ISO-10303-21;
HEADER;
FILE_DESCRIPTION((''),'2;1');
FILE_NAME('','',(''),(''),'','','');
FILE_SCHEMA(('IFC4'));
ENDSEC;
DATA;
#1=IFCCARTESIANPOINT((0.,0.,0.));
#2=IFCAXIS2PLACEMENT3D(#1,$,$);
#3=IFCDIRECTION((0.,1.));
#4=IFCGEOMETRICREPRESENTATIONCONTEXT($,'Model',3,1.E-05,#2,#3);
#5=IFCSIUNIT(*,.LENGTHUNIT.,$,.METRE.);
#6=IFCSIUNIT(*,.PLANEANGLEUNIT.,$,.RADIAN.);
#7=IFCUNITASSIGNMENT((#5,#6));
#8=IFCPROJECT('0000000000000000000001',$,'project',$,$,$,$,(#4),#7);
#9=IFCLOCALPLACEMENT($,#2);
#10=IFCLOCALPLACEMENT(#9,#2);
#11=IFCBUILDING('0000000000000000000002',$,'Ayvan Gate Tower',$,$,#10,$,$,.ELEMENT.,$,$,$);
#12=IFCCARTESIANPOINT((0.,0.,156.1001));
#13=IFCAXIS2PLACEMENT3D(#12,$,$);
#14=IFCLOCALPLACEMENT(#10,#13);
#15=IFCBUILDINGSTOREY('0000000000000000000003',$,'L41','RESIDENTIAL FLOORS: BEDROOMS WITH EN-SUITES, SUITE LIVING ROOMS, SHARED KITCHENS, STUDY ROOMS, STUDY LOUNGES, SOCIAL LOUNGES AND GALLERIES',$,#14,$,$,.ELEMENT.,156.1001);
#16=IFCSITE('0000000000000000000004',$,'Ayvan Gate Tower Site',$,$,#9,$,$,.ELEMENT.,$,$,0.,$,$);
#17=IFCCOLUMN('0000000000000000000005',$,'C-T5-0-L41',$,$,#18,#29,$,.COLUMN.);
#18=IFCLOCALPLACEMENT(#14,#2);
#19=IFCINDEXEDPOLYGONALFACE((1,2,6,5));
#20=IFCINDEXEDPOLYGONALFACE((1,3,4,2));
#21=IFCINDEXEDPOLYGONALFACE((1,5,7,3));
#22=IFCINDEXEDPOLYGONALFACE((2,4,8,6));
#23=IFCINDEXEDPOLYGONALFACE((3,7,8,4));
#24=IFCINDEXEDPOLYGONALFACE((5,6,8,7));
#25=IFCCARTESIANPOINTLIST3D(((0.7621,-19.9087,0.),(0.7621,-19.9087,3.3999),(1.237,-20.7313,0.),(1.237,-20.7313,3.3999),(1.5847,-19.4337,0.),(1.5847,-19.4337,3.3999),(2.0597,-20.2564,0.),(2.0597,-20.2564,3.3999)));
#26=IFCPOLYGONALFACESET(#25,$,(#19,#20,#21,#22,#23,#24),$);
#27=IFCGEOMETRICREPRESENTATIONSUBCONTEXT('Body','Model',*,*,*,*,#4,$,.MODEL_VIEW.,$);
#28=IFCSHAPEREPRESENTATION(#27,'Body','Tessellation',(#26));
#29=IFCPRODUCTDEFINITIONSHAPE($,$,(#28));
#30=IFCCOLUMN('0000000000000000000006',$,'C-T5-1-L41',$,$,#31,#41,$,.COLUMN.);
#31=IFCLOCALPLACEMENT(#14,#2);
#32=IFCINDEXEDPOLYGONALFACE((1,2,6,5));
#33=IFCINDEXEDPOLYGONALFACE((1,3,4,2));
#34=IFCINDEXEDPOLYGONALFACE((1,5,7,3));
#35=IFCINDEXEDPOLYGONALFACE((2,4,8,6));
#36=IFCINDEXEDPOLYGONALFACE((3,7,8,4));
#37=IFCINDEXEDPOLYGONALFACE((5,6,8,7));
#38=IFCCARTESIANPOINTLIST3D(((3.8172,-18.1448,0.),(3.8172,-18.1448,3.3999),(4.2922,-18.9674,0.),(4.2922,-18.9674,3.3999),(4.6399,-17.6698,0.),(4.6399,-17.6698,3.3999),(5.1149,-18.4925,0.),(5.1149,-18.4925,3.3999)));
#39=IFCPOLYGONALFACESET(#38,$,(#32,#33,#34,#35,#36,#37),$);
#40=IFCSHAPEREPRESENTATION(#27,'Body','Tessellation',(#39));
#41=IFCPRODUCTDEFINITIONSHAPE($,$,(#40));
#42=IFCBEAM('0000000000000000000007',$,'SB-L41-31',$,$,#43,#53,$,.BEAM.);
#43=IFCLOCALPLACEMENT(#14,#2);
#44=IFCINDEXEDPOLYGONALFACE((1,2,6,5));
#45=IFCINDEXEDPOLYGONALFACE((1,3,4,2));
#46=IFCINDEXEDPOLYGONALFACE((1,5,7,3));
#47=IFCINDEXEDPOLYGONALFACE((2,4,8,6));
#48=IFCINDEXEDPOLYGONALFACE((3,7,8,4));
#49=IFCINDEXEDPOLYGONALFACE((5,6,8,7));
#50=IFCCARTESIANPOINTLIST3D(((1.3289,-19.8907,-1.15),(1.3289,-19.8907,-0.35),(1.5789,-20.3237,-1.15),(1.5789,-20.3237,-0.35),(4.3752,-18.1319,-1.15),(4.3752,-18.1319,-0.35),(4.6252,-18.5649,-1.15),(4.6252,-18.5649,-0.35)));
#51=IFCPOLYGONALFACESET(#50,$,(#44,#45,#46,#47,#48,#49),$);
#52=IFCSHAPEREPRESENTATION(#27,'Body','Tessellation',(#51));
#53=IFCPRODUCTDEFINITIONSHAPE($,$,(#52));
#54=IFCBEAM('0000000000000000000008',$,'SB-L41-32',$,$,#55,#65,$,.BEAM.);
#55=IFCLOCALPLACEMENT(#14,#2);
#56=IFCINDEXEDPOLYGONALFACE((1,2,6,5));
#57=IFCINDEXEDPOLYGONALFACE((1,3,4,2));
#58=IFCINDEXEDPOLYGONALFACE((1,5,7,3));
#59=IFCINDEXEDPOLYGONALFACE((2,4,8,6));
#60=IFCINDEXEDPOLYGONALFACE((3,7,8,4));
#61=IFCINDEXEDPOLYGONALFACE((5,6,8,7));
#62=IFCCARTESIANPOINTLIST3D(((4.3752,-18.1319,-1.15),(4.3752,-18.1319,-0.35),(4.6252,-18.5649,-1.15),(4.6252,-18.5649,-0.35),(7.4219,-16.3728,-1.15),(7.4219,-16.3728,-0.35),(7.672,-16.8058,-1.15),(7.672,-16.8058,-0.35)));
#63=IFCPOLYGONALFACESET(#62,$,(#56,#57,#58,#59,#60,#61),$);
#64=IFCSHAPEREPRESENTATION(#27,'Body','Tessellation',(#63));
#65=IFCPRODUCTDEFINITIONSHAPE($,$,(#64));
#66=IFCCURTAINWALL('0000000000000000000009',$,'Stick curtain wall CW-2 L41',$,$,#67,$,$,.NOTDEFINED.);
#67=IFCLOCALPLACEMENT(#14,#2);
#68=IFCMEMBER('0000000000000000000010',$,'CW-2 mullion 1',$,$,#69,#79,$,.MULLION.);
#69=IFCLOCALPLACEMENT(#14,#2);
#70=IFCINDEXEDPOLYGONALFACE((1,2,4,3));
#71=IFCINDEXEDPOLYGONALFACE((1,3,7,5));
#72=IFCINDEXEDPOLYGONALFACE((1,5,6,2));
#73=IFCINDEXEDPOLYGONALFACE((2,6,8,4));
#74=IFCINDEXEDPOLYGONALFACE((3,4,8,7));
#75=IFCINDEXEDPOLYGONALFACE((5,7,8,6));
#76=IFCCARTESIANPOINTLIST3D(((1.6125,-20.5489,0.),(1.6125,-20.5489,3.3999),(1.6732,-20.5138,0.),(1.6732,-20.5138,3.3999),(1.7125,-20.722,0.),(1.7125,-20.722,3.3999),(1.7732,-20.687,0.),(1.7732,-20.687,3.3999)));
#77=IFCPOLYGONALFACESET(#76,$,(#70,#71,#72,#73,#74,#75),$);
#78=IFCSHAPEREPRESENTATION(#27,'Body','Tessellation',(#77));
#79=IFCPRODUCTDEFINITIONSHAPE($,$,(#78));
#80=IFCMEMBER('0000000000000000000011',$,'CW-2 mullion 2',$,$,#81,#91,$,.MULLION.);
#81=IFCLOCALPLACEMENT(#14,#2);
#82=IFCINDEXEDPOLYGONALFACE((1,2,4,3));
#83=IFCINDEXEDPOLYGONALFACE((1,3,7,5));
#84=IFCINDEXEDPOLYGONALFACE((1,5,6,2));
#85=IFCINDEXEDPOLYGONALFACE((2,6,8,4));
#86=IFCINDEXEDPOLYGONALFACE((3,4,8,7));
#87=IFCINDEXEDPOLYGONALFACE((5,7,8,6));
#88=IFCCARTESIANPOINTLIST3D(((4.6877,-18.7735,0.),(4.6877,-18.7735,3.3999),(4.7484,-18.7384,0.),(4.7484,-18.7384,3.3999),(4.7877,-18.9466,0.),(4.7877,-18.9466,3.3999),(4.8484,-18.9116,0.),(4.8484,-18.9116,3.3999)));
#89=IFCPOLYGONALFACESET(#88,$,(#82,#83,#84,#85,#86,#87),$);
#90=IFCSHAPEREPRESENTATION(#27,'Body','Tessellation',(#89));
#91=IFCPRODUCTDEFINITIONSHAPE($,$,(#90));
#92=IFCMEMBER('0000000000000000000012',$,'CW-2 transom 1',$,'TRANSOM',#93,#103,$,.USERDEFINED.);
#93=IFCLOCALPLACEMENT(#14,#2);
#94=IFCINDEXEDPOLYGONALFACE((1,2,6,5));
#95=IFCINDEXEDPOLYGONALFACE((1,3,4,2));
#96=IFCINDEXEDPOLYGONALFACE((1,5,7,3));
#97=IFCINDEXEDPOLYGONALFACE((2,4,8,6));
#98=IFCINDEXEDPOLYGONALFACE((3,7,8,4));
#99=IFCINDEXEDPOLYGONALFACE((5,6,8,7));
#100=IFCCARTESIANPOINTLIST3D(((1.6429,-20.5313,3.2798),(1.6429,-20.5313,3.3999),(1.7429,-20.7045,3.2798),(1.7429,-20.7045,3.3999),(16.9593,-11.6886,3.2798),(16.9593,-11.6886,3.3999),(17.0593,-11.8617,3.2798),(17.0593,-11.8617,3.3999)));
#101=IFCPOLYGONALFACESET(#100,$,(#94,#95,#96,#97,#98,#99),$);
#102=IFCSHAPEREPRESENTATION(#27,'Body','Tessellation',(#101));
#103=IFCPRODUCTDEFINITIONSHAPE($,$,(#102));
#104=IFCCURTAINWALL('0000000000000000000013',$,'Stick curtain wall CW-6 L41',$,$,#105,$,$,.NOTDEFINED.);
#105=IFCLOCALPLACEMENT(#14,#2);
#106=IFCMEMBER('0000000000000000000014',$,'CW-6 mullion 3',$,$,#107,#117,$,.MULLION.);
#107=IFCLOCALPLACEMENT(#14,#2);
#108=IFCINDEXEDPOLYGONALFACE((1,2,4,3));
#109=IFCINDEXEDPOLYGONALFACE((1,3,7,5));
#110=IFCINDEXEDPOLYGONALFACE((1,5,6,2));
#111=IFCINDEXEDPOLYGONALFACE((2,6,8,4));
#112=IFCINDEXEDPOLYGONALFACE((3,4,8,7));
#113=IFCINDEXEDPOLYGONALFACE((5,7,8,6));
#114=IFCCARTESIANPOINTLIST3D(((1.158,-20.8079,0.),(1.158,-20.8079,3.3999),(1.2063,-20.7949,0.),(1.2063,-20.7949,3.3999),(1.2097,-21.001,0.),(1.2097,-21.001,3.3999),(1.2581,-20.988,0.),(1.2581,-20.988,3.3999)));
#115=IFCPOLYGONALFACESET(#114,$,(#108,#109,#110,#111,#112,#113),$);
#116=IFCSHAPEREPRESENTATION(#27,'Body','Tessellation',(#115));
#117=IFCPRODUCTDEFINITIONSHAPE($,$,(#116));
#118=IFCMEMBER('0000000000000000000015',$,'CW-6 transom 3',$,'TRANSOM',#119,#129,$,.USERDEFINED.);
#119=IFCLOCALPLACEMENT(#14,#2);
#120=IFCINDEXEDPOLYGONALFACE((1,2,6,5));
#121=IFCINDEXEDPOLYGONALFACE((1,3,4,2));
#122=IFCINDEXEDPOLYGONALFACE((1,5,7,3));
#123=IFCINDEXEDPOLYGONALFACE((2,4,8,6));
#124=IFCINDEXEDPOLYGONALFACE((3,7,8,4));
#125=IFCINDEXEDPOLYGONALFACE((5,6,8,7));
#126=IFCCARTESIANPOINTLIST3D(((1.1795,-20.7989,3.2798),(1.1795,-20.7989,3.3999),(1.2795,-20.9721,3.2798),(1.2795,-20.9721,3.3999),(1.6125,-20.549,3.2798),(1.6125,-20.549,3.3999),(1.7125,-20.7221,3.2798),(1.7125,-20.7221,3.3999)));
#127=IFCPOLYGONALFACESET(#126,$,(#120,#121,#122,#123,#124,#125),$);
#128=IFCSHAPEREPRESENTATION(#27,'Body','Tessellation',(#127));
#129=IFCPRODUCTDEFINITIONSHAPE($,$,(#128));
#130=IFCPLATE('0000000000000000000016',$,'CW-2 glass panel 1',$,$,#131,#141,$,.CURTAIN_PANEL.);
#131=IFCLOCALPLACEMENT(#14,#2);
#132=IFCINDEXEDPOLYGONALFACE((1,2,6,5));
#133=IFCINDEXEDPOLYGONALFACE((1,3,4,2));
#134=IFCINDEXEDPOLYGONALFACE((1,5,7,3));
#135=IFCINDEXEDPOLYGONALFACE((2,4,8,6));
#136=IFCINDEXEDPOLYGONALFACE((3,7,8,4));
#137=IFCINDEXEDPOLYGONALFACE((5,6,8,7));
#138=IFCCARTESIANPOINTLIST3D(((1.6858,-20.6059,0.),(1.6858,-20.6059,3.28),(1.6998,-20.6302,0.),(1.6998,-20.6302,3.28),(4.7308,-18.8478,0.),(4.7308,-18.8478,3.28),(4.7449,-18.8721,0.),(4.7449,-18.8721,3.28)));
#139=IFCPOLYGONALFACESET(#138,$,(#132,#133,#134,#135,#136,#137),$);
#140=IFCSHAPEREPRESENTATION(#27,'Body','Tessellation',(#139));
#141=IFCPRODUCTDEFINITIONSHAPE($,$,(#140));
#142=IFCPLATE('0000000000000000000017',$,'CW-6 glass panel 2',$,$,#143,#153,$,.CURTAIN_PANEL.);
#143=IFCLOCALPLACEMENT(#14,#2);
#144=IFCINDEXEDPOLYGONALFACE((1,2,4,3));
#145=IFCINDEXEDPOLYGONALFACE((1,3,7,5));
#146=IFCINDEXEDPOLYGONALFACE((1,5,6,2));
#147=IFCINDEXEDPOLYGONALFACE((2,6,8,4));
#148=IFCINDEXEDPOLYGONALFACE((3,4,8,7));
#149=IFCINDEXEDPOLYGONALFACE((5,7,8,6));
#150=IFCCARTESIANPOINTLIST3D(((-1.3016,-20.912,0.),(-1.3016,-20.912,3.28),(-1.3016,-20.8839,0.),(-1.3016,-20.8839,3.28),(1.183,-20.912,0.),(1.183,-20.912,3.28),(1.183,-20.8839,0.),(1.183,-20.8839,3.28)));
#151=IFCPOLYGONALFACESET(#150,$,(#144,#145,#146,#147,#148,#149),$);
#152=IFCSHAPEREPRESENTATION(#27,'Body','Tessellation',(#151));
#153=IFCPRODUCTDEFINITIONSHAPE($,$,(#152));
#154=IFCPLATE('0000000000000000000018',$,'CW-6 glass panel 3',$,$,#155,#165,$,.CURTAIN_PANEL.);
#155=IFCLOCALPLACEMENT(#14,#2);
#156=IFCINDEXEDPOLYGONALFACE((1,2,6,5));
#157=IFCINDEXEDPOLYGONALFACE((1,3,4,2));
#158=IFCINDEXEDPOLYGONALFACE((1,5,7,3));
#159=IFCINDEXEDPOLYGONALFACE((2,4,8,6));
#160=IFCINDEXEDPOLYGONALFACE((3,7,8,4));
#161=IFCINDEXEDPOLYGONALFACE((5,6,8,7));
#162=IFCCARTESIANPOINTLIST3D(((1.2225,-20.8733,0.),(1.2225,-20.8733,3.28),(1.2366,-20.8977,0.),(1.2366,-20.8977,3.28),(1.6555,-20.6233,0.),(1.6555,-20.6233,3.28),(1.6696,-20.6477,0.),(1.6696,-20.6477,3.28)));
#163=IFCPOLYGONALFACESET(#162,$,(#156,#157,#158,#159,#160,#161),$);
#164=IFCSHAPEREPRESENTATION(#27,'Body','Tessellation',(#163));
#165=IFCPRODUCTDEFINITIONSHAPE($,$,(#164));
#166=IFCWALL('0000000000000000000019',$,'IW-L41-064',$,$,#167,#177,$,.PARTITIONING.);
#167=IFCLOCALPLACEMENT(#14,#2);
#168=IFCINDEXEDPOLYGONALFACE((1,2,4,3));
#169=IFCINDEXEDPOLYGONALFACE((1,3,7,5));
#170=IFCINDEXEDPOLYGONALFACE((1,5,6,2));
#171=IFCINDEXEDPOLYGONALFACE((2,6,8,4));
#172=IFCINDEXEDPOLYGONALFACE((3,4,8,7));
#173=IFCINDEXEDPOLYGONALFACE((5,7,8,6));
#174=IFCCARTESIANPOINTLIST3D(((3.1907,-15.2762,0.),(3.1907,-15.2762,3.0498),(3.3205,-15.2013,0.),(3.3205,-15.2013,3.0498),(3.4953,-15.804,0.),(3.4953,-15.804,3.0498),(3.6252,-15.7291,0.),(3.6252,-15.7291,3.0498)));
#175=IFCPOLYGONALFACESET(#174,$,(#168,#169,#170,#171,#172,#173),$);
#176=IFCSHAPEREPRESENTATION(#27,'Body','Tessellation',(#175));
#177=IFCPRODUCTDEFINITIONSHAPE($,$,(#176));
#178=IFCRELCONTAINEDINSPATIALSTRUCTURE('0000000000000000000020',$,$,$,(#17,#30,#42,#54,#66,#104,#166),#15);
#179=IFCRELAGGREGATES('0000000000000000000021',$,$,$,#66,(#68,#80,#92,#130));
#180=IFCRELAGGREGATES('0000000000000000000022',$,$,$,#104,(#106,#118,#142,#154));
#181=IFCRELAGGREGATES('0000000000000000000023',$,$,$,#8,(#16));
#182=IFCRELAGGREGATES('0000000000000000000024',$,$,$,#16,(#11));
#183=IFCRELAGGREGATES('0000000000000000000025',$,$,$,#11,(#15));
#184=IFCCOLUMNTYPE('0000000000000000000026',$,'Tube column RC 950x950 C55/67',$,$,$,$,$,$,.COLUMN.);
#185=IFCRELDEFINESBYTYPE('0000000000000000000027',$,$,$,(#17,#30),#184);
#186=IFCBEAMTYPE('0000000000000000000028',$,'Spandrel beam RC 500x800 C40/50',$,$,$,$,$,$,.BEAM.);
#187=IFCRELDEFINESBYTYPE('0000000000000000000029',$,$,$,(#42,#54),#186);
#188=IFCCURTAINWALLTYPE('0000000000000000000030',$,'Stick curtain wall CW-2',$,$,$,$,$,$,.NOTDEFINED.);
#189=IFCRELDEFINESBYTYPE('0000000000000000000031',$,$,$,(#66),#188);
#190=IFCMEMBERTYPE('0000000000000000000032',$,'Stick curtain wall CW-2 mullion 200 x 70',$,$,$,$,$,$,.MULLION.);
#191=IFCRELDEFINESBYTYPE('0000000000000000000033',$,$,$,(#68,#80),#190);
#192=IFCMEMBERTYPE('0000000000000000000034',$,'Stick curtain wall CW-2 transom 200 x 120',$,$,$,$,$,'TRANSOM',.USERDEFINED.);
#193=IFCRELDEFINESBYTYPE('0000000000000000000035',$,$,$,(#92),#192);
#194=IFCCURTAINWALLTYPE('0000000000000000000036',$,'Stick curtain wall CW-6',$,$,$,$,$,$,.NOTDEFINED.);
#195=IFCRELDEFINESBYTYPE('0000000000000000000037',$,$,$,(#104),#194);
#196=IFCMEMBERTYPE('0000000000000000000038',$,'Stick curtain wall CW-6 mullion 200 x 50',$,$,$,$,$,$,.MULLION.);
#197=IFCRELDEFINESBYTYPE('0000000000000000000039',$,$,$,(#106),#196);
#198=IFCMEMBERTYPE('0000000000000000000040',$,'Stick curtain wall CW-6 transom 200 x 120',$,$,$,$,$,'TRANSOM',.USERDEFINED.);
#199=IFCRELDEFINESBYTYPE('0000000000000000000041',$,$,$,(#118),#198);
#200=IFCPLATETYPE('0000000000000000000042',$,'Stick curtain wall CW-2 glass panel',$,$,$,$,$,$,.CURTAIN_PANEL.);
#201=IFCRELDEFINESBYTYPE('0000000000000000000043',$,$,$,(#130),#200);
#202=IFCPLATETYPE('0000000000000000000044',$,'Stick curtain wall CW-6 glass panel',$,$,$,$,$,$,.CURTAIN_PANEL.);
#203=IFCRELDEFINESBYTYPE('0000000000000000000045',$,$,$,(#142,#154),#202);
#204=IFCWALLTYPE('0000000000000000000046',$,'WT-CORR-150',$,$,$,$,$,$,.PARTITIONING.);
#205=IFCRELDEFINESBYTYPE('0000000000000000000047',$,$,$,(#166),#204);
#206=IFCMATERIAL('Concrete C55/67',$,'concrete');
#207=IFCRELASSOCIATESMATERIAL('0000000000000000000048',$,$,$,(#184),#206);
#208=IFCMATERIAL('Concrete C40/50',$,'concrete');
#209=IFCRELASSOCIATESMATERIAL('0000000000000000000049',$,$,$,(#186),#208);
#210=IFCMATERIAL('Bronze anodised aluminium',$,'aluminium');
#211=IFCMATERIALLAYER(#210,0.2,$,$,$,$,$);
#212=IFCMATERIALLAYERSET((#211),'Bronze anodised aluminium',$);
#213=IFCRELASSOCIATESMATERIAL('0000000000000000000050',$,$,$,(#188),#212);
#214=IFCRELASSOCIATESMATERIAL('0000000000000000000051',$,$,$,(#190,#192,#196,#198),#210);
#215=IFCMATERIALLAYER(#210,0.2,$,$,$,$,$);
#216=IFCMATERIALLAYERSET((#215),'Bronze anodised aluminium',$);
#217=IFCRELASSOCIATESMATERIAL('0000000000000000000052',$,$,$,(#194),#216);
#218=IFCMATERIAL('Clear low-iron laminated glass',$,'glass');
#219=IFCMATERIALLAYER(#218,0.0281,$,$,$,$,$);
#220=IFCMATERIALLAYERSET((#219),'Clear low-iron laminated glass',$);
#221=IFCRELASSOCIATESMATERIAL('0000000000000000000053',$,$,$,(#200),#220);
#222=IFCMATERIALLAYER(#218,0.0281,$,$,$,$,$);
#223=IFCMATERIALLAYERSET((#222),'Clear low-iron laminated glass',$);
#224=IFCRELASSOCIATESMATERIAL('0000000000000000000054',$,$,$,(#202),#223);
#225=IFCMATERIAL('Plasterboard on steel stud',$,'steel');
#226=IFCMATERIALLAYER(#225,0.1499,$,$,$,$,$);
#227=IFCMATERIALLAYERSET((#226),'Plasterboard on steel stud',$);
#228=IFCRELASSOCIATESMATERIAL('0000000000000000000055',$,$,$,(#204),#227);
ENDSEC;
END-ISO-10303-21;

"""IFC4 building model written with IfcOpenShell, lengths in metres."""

from ifc_helpers import new_model, si_unit, direction, frame, frame_2d, origin, origin_2d, place, context, subcontext, project, spatial, rectangle, extrude, material, layer, layer_set, material_profile, profile_set, type_object, element, aggregate, save


model = new_model("IFC4")

# Units and contexts
model_context = context("Model", 3, precision=1e-05, world=origin(), true_north=direction((0.0, 1.0)))
body_context = subcontext(model_context, "Body", "Model", "MODEL_VIEW")
ifc_project = project(units=[si_unit("LENGTHUNIT", "METRE"), si_unit("PLANEANGLEUNIT", "RADIAN")], contexts=[model_context])

# Site, building, storey
site_placement = place(None, origin())
site = spatial("IfcSite", under=ifc_project, at=site_placement, Name="Ayvan Gate Tower Site", CompositionType="ELEMENT", RefElevation=0.0)
building_placement = place(site_placement, origin())
building = spatial("IfcBuilding", under=site, at=building_placement, Name="Ayvan Gate Tower", CompositionType="ELEMENT")
storey_placement = place(building_placement, frame((0.0, 0.0, 156.1001)))
storey = spatial("IfcBuildingStorey", under=building, at=storey_placement, Name="L41", Description="RESIDENTIAL FLOORS: BEDROOMS WITH EN-SUITES, SUITE LIVING ROOMS, SHARED KITCHENS, STUDY ROOMS, STUDY LOUNGES, SOCIAL LOUNGES AND GALLERIES", CompositionType="ELEMENT", Elevation=156.1001)

# Columns
ifc_material_1 = material(Name="Concrete C55/67", Category="concrete")
ifc_material_profile_1 = material_profile(ifc_material_1, rectangle(XDim=0.95, YDim=0.95, at=origin_2d()), Name="RC 950x950")
ifc_profile_set_1 = profile_set([ifc_material_profile_1], Name="Concrete C55/67")
column_type = type_object("IfcColumnType", Name="Tube column RC 950x950 C55/67", PredefinedType="COLUMN", material=ifc_profile_set_1)
for number, where, z_axis, x_axis, name in (
    (1, (1.4109, -20.0825, 0.0), (0.0, 0.0, 1.0), (0.5, -0.866025, 0.0), "C-T5-0-L41"),
    (2, (4.4661, -18.3186, 0.0), (0.0, 0.0, 1.0), (0.5, -0.866025, 0.0), "C-T5-1-L41"),
):
    element("IfcColumn", number, at=place(storey_placement, frame(where, z_axis=z_axis, x_axis=x_axis)), inside=storey, type_object=column_type, Name=name, PredefinedType="COLUMN", context=body_context, shape_type="SweptSolid", body=[
        extrude(rectangle(XDim=0.95, YDim=0.95, at=origin_2d()), origin(), (0.0, 0.0, 1.0), 3.3999),
    ])

# Beams
ifc_material_2 = material(Name="Concrete C40/50", Category="concrete")
ifc_material_profile_2 = material_profile(ifc_material_2, rectangle(XDim=0.5, YDim=0.8, at=origin_2d()), Name="RC 500x800")
ifc_profile_set_2 = profile_set([ifc_material_profile_2], Name="Concrete C40/50")
beam_type = type_object("IfcBeamType", Name="Spandrel beam RC 500x800 C40/50", PredefinedType="BEAM", material=ifc_profile_set_2)
beam_1_placement = place(storey_placement, frame((1.4539, -20.1072, -0.75), z_axis=(0.866031, 0.499991, 0.0), x_axis=(-0.499991, 0.866031, 0.0)))
element("IfcBeam", 3, at=beam_1_placement, inside=storey, type_object=beam_type, Name="SB-L41-31", PredefinedType="BEAM", context=body_context, shape_type="SweptSolid", body=[
    extrude(rectangle(XDim=0.5, YDim=0.8, at=origin_2d()), origin(), (0.0, 0.0, 1.0), 3.5176),
])
beam_2_placement = place(storey_placement, frame((4.5002, -18.3484, -0.75), z_axis=(0.866018, 0.500013, 0.0), x_axis=(-0.500013, 0.866018, 0.0)))
element("IfcBeam", 4, at=beam_2_placement, inside=storey, type_object=beam_type, Name="SB-L41-32", PredefinedType="BEAM", context=body_context, shape_type="SweptSolid", body=[
    extrude(rectangle(XDim=0.5, YDim=0.8, at=origin_2d()), origin(), (0.0, 0.0, 1.0), 3.5181),
])

# Curtain walls, members
ifc_material_3 = material(Name="Bronze anodised aluminium", Category="aluminium")
ifc_layer_1 = layer(ifc_material_3, 0.2)
ifc_layer_set_1 = layer_set([ifc_layer_1], Name="Bronze anodised aluminium")
curtain_wall_type_1 = type_object("IfcCurtainWallType", Name="Stick curtain wall CW-2", PredefinedType="NOTDEFINED", material=ifc_layer_set_1)
curtain_wall_1_placement = place(storey_placement, origin())
curtain_wall_1 = element("IfcCurtainWall", 5, at=curtain_wall_1_placement, inside=storey, type_object=curtain_wall_type_1, Name="Stick curtain wall CW-2 L41", PredefinedType="NOTDEFINED")
ifc_material_profile_3 = material_profile(ifc_material_3, rectangle(XDim=0.2, YDim=0.0701, at=origin_2d()), Name="Stick curtain wall CW-2 mullion 200 x 70")
ifc_profile_set_3 = profile_set([ifc_material_profile_3], Name="Bronze anodised aluminium")
member_type_1 = type_object("IfcMemberType", Name="Stick curtain wall CW-2 mullion 200 x 70", PredefinedType="MULLION", material=ifc_profile_set_3)
member_1_placement = place(storey_placement, frame((1.6929, -20.6179, 0.0), z_axis=(0.0, 0.0, 1.0), x_axis=(0.5, -0.866025, 0.0)))
member_1 = element("IfcMember", 6, at=member_1_placement, type_object=member_type_1, Name="CW-2 mullion 1", PredefinedType="MULLION", context=body_context, shape_type="SweptSolid", body=[
    extrude(rectangle(XDim=0.2, YDim=0.0701, at=origin_2d()), origin(), (0.0, 0.0, 1.0), 3.3999),
])
member_2_placement = place(storey_placement, frame((4.7681, -18.8425, 0.0), z_axis=(0.0, 0.0, 1.0), x_axis=(0.5, -0.866025, 0.0)))
member_2 = element("IfcMember", 7, at=member_2_placement, type_object=member_type_1, Name="CW-2 mullion 2", PredefinedType="MULLION", context=body_context, shape_type="SweptSolid", body=[
    extrude(rectangle(XDim=0.2, YDim=0.0701, at=origin_2d()), origin(), (0.0, 0.0, 1.0), 3.3999),
])
ifc_material_profile_4 = material_profile(ifc_material_3, rectangle(XDim=0.2, YDim=0.1201, at=origin_2d()), Name="Stick curtain wall CW-2 transom 200 x 120")
ifc_profile_set_4 = profile_set([ifc_material_profile_4], Name="Bronze anodised aluminium")
member_type_2 = type_object("IfcMemberType", Name="Stick curtain wall CW-2 transom 200 x 120", ElementType="TRANSOM", PredefinedType="USERDEFINED", material=ifc_profile_set_4)
member_3_placement = place(storey_placement, frame((1.6929, -20.6179, 3.3398), z_axis=(0.866029, 0.499993, 0.0), x_axis=(-0.499993, 0.866029, 0.0)))
member_3 = element("IfcMember", 8, at=member_3_placement, type_object=member_type_2, Name="CW-2 transom 1", ObjectType="TRANSOM", PredefinedType="USERDEFINED", context=body_context, shape_type="SweptSolid", body=[
    extrude(rectangle(XDim=0.2, YDim=0.1201, at=origin_2d()), origin(), (0.0, 0.0, 1.0), 17.6858),
])
ifc_layer_2 = layer(ifc_material_3, 0.2)
ifc_layer_set_2 = layer_set([ifc_layer_2], Name="Bronze anodised aluminium")
curtain_wall_type_2 = type_object("IfcCurtainWallType", Name="Stick curtain wall CW-6", PredefinedType="NOTDEFINED", material=ifc_layer_set_2)
curtain_wall_2_placement = place(storey_placement, origin())
curtain_wall_2 = element("IfcCurtainWall", 9, at=curtain_wall_2_placement, inside=storey, type_object=curtain_wall_type_2, Name="Stick curtain wall CW-6 L41", PredefinedType="NOTDEFINED")
ifc_material_profile_5 = material_profile(ifc_material_3, rectangle(XDim=0.2, YDim=0.05, at=origin_2d()), Name="Stick curtain wall CW-6 mullion 200 x 50")
ifc_profile_set_5 = profile_set([ifc_material_profile_5], Name="Bronze anodised aluminium")
member_type_3 = type_object("IfcMemberType", Name="Stick curtain wall CW-6 mullion 200 x 50", PredefinedType="MULLION", material=ifc_profile_set_5)
member_4_placement = place(storey_placement, frame((1.208, -20.8979, 0.0), z_axis=(0.0, 0.0, 1.0), x_axis=(0.258819, -0.965926, 0.0)))
member_4 = element("IfcMember", 10, at=member_4_placement, type_object=member_type_3, Name="CW-6 mullion 3", PredefinedType="MULLION", context=body_context, shape_type="SweptSolid", body=[
    extrude(rectangle(XDim=0.2, YDim=0.05, at=origin_2d()), origin(), (0.0, 0.0, 1.0), 3.3999),
])
ifc_material_profile_6 = material_profile(ifc_material_3, rectangle(XDim=0.2, YDim=0.1201, at=origin_2d()), Name="Stick curtain wall CW-6 transom 200 x 120")
ifc_profile_set_6 = profile_set([ifc_material_profile_6], Name="Bronze anodised aluminium")
member_type_4 = type_object("IfcMemberType", Name="Stick curtain wall CW-6 transom 200 x 120", ElementType="TRANSOM", PredefinedType="USERDEFINED", material=ifc_profile_set_6)
member_5_placement = place(storey_placement, frame((1.2295, -20.8855, 3.3398), z_axis=(0.866072, 0.49992, 0.0), x_axis=(-0.49992, 0.866072, 0.0)))
member_5 = element("IfcMember", 11, at=member_5_placement, type_object=member_type_4, Name="CW-6 transom 3", ObjectType="TRANSOM", PredefinedType="USERDEFINED", context=body_context, shape_type="SweptSolid", body=[
    extrude(rectangle(XDim=0.2, YDim=0.1201, at=origin_2d()), origin(), (0.0, 0.0, 1.0), 0.5),
])

# Plates
ifc_material_4 = material(Name="Clear low-iron laminated glass", Category="glass")
ifc_layer_3 = layer(ifc_material_4, 0.0281)
ifc_layer_set_3 = layer_set([ifc_layer_3], Name="Clear low-iron laminated glass")
plate_type_1 = type_object("IfcPlateType", Name="Stick curtain wall CW-2 glass panel", PredefinedType="CURTAIN_PANEL", material=ifc_layer_set_3)
plate_1_placement = place(storey_placement, frame((3.2153, -19.739, 0.0), z_axis=(0.0, 0.0, 1.0), x_axis=(0.866025, 0.5, 0.0)))
plate_1 = element("IfcPlate", 12, at=plate_1_placement, type_object=plate_type_1, Name="CW-2 glass panel 1", PredefinedType="CURTAIN_PANEL", context=body_context, shape_type="SweptSolid", body=[
    extrude(rectangle(XDim=3.5161, YDim=0.0281, at=origin_2d()), origin(), (0.0, 0.0, 1.0), 3.28),
])
aggregate(curtain_wall_1, [member_1, member_2, member_3, plate_1])
ifc_layer_4 = layer(ifc_material_4, 0.0281)
ifc_layer_set_4 = layer_set([ifc_layer_4], Name="Clear low-iron laminated glass")
plate_type_2 = type_object("IfcPlateType", Name="Stick curtain wall CW-6 glass panel", PredefinedType="CURTAIN_PANEL", material=ifc_layer_set_4)
plate_2_placement = place(storey_placement, frame((-0.0593, -20.8979, 0.0), z_axis=(0.0, 0.0, 1.0), x_axis=(1.0, 0.0, 0.0)))
plate_2 = element("IfcPlate", 13, at=plate_2_placement, type_object=plate_type_2, Name="CW-6 glass panel 2", PredefinedType="CURTAIN_PANEL", context=body_context, shape_type="SweptSolid", body=[
    extrude(rectangle(XDim=2.4846, YDim=0.0281, at=origin_2d()), origin(), (0.0, 0.0, 1.0), 3.28),
])
plate_3_placement = place(storey_placement, frame((1.446, -20.7605, 0.0), z_axis=(0.0, 0.0, 1.0), x_axis=(0.866025, 0.5, 0.0)))
plate_3 = element("IfcPlate", 14, at=plate_3_placement, type_object=plate_type_2, Name="CW-6 glass panel 3", PredefinedType="CURTAIN_PANEL", context=body_context, shape_type="SweptSolid", body=[
    extrude(rectangle(XDim=0.5, YDim=0.0281, at=origin_2d()), origin(), (0.0, 0.0, 1.0), 3.28),
])
aggregate(curtain_wall_2, [member_4, member_5, plate_2, plate_3])

# Wall
ifc_material_5 = material(Name="Plasterboard on steel stud", Category="steel")
ifc_layer_5 = layer(ifc_material_5, 0.1499)
ifc_layer_set_5 = layer_set([ifc_layer_5], Name="Plasterboard on steel stud")
wall_type_1 = type_object("IfcWallType", Name="WT-CORR-150", PredefinedType="PARTITIONING", material=ifc_layer_set_5)
wall_1_placement = place(storey_placement, frame((3.2556, -15.2388, 0.0), z_axis=(0.0, 0.0, 1.0), x_axis=(0.499931, -0.866066, 0.0)))
element("IfcWall", 15, at=wall_1_placement, inside=storey, type_object=wall_type_1, Name="IW-L41-064", PredefinedType="PARTITIONING", context=body_context, shape_type="SweptSolid", body=[
    extrude(rectangle(XDim=0.6094, YDim=0.1499, at=frame_2d((0.3047, 0.0))), origin(), (0.0, 0.0, 1.0), 3.0498),
])

save(model, "model.ifc")
